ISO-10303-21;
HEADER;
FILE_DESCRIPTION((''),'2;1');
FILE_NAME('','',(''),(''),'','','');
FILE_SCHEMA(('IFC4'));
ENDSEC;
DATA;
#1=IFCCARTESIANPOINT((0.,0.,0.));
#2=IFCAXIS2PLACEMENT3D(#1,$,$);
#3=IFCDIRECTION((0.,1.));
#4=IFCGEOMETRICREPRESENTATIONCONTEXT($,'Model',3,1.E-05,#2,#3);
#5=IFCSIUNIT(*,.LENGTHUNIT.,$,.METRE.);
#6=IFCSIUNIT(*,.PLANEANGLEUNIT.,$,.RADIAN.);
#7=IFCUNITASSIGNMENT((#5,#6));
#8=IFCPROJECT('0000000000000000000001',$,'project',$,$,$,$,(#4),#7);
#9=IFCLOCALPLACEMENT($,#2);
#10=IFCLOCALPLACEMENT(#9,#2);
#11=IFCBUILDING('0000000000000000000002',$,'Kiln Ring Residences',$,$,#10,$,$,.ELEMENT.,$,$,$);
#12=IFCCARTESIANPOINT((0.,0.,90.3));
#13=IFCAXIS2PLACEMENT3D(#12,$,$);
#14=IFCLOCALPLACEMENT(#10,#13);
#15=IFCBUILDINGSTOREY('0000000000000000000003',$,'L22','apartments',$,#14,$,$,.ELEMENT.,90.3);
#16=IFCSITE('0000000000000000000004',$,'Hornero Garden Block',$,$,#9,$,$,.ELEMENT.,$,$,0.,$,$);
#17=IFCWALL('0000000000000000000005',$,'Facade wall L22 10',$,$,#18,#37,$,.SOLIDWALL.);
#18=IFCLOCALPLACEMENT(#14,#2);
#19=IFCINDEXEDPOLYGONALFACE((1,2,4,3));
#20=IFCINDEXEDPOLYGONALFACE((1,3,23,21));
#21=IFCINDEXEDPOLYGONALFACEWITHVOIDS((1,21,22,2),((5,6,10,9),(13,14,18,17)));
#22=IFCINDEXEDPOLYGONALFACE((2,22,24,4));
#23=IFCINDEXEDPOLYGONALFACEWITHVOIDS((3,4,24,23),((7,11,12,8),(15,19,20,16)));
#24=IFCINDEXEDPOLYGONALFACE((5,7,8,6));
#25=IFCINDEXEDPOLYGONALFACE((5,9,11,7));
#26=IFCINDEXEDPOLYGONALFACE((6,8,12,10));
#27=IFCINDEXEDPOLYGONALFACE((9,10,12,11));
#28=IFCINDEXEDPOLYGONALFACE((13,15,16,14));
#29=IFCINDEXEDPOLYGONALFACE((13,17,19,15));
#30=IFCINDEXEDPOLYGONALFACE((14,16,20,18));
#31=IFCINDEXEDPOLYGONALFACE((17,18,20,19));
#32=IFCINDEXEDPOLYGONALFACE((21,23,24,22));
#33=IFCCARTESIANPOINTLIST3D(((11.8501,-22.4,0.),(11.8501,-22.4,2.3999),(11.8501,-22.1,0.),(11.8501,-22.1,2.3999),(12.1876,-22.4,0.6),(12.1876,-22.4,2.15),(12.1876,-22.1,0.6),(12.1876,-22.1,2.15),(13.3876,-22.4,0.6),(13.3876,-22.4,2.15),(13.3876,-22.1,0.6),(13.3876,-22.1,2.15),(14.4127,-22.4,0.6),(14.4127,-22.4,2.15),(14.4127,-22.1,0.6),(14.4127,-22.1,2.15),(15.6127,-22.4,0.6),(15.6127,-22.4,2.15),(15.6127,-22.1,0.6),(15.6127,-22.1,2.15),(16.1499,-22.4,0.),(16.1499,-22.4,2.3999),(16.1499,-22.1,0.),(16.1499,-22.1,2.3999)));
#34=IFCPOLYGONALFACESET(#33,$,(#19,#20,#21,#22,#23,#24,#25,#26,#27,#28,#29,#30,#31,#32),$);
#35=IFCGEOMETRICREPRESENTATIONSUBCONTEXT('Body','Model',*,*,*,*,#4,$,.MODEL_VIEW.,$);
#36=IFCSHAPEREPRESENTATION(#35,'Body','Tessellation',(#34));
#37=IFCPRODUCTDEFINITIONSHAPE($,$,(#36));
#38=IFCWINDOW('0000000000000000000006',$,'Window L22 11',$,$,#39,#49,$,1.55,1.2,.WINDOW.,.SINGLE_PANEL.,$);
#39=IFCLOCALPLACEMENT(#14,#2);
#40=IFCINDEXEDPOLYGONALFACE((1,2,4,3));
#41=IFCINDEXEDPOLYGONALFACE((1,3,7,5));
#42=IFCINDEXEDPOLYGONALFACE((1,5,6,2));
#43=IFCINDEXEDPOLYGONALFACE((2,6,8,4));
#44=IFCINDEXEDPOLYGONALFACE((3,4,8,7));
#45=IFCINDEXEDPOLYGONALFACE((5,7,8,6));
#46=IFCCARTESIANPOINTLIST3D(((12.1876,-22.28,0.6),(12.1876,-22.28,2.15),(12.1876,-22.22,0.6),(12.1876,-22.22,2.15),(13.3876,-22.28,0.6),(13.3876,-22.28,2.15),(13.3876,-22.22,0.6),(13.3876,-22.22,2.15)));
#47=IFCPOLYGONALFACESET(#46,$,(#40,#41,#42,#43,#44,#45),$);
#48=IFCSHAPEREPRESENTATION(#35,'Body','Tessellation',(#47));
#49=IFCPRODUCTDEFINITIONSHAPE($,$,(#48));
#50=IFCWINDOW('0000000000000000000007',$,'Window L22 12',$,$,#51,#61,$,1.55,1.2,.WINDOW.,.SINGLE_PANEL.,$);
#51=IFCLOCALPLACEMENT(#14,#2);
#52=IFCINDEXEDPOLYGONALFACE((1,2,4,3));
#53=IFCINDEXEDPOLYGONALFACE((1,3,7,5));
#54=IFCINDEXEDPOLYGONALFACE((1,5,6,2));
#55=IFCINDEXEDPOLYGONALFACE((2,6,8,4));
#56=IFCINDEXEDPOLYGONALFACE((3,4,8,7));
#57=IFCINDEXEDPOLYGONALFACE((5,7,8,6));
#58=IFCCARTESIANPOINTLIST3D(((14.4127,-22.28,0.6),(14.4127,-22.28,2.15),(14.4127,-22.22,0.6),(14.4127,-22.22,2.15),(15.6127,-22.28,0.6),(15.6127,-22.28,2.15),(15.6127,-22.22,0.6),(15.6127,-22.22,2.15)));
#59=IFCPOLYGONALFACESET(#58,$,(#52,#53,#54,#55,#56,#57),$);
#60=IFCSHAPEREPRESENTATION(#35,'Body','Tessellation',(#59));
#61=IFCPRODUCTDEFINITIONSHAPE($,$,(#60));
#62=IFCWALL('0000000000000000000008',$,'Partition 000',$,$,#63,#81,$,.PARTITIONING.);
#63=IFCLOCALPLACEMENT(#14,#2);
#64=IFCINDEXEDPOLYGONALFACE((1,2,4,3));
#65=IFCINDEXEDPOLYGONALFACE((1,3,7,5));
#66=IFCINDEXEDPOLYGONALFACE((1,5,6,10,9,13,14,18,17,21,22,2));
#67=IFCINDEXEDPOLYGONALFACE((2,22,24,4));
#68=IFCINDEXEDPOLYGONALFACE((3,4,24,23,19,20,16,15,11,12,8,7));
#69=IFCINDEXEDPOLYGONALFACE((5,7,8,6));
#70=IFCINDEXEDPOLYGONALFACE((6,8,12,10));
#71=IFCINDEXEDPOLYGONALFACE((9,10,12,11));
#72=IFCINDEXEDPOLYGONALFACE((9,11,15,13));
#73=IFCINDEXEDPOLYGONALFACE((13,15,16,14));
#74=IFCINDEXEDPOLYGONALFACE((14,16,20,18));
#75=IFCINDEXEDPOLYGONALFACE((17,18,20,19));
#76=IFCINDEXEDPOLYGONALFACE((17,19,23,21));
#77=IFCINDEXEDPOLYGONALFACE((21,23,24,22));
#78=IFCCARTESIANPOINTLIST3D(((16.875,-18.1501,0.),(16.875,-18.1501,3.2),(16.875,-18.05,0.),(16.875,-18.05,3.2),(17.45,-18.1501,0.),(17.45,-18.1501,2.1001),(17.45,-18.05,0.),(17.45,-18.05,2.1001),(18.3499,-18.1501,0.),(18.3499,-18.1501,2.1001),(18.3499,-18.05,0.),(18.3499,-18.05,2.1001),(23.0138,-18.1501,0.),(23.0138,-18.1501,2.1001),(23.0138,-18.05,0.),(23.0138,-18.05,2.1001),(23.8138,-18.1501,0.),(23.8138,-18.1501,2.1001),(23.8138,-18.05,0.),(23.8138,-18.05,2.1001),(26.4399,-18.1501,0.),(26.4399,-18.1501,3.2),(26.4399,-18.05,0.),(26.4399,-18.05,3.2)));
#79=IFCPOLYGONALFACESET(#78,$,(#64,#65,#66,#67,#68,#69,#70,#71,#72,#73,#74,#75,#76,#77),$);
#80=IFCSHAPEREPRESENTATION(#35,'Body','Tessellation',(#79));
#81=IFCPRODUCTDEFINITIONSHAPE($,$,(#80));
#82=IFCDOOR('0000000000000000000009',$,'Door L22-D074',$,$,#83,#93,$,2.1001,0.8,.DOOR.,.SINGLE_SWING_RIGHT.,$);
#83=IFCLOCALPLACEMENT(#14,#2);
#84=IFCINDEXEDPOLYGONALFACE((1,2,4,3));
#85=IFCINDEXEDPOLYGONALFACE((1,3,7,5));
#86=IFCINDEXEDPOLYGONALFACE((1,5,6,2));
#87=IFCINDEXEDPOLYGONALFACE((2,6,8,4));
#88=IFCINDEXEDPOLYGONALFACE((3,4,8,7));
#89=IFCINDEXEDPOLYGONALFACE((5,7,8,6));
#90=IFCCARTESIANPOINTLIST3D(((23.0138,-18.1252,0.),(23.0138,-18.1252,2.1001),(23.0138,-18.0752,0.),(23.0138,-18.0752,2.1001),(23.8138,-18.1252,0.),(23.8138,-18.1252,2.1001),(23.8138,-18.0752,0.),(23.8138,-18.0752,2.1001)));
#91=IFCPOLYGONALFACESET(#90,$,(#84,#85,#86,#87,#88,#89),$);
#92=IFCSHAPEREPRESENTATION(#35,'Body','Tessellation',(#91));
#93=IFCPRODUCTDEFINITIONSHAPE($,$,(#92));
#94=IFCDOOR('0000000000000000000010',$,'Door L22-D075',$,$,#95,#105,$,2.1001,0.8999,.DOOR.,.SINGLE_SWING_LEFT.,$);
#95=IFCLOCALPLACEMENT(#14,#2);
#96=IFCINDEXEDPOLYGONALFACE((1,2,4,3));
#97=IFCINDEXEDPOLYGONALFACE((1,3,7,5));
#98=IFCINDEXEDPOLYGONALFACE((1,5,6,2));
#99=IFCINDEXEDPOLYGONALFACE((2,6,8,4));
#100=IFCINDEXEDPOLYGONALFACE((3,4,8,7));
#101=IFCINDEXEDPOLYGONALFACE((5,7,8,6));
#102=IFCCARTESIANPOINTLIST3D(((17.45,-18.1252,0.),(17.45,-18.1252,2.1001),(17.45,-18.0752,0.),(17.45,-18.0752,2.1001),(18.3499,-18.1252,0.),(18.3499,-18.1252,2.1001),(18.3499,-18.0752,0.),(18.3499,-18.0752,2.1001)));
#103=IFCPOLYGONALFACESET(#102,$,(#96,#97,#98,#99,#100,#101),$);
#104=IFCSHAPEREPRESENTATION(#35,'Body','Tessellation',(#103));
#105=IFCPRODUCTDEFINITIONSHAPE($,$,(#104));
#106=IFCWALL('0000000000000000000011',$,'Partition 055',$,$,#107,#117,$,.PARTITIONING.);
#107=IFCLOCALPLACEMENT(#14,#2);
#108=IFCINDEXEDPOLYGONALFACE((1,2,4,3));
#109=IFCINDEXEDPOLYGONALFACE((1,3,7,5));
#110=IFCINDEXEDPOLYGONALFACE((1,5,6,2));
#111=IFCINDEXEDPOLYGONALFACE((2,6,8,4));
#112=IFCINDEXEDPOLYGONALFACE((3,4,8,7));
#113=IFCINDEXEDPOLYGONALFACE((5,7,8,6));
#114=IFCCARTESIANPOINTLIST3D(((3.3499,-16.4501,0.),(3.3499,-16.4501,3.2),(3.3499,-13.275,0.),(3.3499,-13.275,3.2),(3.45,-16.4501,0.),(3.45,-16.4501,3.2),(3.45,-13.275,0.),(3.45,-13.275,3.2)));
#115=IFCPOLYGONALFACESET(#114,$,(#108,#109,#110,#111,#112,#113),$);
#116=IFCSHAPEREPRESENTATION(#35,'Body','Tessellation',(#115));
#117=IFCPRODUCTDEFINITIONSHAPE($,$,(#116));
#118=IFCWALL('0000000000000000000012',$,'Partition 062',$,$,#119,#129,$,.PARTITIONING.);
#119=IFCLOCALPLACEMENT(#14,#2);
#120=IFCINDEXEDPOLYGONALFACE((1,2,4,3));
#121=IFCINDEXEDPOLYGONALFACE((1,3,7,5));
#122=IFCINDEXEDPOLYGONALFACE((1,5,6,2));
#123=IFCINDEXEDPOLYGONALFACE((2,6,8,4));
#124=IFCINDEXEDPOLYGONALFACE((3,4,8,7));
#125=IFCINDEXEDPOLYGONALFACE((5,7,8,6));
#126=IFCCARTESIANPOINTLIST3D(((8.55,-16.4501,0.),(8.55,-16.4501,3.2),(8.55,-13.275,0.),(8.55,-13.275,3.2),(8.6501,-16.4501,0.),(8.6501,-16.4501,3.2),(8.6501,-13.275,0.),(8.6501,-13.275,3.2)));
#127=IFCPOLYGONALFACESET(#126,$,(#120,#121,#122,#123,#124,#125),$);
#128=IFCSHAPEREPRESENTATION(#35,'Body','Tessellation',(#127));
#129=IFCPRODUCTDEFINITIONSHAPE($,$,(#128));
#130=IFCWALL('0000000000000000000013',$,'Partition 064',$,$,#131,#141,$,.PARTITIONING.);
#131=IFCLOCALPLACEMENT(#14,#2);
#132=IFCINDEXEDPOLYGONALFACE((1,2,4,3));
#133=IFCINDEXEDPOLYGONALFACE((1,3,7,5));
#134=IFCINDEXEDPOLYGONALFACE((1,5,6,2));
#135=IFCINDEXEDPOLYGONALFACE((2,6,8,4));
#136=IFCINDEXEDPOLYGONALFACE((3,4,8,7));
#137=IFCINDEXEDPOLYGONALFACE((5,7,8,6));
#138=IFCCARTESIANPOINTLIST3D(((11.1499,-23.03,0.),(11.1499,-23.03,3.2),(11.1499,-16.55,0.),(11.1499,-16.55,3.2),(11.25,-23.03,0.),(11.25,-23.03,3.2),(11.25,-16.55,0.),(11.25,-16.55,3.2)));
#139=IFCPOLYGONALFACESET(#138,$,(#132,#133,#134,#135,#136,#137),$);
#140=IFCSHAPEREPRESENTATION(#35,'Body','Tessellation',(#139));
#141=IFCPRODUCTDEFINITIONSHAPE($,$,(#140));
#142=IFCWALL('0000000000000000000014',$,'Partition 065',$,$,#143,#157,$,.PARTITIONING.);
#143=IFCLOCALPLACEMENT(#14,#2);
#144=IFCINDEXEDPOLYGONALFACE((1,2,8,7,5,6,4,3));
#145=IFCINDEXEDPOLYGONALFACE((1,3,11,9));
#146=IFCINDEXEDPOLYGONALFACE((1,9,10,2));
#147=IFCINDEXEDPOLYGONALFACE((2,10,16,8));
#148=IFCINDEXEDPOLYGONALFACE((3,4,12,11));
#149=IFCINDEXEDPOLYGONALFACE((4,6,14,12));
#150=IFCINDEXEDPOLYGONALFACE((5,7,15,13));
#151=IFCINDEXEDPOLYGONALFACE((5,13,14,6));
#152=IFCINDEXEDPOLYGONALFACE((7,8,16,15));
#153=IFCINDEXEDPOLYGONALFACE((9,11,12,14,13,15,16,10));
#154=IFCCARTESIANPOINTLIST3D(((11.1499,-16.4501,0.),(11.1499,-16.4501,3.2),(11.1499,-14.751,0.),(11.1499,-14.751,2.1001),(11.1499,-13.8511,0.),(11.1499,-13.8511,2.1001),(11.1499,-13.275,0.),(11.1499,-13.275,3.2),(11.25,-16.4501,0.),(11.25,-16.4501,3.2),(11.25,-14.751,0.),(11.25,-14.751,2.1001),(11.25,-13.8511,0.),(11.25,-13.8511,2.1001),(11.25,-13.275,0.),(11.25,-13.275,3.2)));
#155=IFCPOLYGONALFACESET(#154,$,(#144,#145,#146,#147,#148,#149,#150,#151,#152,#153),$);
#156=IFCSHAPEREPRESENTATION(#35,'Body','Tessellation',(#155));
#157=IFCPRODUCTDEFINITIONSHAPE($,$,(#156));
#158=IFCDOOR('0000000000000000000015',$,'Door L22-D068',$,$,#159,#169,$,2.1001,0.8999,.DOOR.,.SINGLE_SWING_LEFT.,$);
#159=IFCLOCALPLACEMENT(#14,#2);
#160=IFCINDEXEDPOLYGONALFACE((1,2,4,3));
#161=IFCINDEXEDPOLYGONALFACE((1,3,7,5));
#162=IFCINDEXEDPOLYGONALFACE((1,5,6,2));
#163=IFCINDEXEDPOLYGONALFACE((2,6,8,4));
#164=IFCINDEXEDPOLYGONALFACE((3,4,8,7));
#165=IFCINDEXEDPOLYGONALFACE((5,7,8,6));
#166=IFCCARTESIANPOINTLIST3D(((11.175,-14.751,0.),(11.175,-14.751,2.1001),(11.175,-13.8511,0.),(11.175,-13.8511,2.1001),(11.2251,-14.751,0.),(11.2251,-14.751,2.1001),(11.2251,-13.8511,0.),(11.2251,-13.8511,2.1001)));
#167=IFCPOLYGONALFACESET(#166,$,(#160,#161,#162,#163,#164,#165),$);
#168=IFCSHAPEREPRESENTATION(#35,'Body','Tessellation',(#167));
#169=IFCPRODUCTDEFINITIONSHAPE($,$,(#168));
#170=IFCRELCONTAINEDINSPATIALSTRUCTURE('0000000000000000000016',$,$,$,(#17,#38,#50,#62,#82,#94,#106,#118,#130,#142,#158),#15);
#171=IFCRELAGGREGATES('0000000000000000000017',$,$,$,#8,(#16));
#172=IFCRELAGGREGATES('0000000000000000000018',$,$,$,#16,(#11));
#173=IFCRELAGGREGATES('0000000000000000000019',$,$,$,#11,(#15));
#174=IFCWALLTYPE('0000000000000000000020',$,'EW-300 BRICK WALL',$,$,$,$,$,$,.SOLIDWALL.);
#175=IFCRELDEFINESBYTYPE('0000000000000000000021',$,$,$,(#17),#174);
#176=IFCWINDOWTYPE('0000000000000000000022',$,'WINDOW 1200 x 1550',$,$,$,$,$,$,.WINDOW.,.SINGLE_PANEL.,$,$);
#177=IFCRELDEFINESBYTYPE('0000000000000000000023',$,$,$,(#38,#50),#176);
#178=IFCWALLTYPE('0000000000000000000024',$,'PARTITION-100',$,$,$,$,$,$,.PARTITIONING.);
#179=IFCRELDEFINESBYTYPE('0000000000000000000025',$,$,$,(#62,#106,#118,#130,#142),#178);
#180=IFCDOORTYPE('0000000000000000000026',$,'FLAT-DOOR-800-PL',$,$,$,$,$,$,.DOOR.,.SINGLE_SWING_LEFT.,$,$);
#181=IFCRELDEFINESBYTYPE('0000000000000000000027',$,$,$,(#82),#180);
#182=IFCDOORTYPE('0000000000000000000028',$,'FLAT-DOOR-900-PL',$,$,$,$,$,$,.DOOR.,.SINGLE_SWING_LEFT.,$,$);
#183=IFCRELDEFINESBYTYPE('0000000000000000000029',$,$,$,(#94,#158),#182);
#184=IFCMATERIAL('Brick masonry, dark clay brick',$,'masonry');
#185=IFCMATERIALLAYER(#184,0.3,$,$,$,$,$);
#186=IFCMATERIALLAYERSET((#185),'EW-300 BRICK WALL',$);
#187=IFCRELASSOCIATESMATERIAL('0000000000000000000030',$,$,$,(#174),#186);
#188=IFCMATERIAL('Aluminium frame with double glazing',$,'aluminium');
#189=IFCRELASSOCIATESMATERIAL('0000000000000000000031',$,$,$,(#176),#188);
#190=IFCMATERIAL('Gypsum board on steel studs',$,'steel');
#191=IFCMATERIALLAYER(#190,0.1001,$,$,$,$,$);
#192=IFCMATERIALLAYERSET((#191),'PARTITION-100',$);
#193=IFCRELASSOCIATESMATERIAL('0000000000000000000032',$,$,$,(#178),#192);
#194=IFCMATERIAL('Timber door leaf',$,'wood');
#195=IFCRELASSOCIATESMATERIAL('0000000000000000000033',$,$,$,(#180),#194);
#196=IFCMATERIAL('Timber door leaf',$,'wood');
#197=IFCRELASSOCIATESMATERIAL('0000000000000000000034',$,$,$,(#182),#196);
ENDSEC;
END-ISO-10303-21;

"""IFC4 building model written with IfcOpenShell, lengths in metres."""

from ifc_helpers import new_model, si_unit, direction, frame, frame_2d, origin, place, context, subcontext, project, spatial, rectangle, extrude, material, layer, layer_set, type_object, element, fill, save


model = new_model("IFC4")

# Units and contexts
model_context = context("Model", 3, precision=1e-05, world=origin(), true_north=direction((0.0, 1.0)))
body_context = subcontext(model_context, "Body", "Model", "MODEL_VIEW")
ifc_project = project(units=[si_unit("LENGTHUNIT", "METRE"), si_unit("PLANEANGLEUNIT", "RADIAN")], contexts=[model_context])

# Site, building, storey
site_placement = place(None, origin())
site = spatial("IfcSite", under=ifc_project, at=site_placement, Name="Hornero Garden Block", CompositionType="ELEMENT", RefElevation=0.0)
building_placement = place(site_placement, origin())
building = spatial("IfcBuilding", under=site, at=building_placement, Name="Kiln Ring Residences", CompositionType="ELEMENT")
storey_placement = place(building_placement, frame((0.0, 0.0, 90.3)))
storey = spatial("IfcBuildingStorey", under=building, at=storey_placement, Name="L22", Description="apartments", CompositionType="ELEMENT", Elevation=90.3)

# Shared definitions
ifc_material_1 = material(Name="Brick masonry, dark clay brick", Category="masonry")
ifc_layer_1 = layer(ifc_material_1, 0.3)
ifc_layer_set_1 = layer_set([ifc_layer_1], Name="EW-300 BRICK WALL")
wall_type_1 = type_object("IfcWallType", Name="EW-300 BRICK WALL", PredefinedType="SOLIDWALL", material=ifc_layer_set_1)

# Wall, openings, windows
wall_1_placement = place(storey_placement, frame((11.8501, -22.25, 0.0), z_axis=(0.0, 0.0, 1.0), x_axis=(1.0, 0.0, 0.0)))
wall_1 = element("IfcWall", 1, at=wall_1_placement, inside=storey, type_object=wall_type_1, Name="Facade wall L22 10", PredefinedType="SOLIDWALL", context=body_context, shape_type="SweptSolid", body=[
    extrude(rectangle(XDim=4.2998, YDim=0.3, at=frame_2d((2.1499, 0.0))), origin(), (0.0, 0.0, 1.0), 2.3999),
])
opening_1_placement = place(wall_1_placement, frame((0.3374, 0.0, 0.6001)))
opening_1 = element("IfcOpeningElement", 2, at=opening_1_placement, cuts=wall_1, PredefinedType="OPENING", context=body_context, shape_type="SweptSolid", body=[
    extrude(rectangle(XDim=1.2, YDim=1.55, at=frame_2d((0.6001, 0.7749))), frame((0.0, 0.1599, 0.0), z_axis=(0.0, -1.0, 0.0), x_axis=(1.0, 0.0, 0.0)), (0.0, 0.0, 1.0), 0.3201),
])
opening_2_placement = place(wall_1_placement, frame((2.5625, 0.0, 0.6001)))
opening_2 = element("IfcOpeningElement", 3, at=opening_2_placement, cuts=wall_1, PredefinedType="OPENING", context=body_context, shape_type="SweptSolid", body=[
    extrude(rectangle(XDim=1.2, YDim=1.55, at=frame_2d((0.6001, 0.7749))), frame((0.0, 0.1599, 0.0), z_axis=(0.0, -1.0, 0.0), x_axis=(1.0, 0.0, 0.0)), (0.0, 0.0, 1.0), 0.3201),
])
ifc_material_2 = material(Name="Aluminium frame with double glazing", Category="aluminium")
window_type_1 = type_object("IfcWindowType", Name="WINDOW 1200 x 1550", PartitioningType="SINGLE_PANEL", PredefinedType="WINDOW", material=ifc_material_2)
window_1_placement = place(opening_1_placement, origin())
window_1 = element("IfcWindow", 4, at=window_1_placement, inside=storey, type_object=window_type_1, Name="Window L22 11", OverallHeight=1.55, OverallWidth=1.2, PartitioningType="SINGLE_PANEL", PredefinedType="WINDOW", context=body_context, shape_type="SweptSolid", body=[
    extrude(rectangle(XDim=1.2, YDim=1.55, at=frame_2d((0.6001, 0.7749))), frame((0.0, 0.03, 0.0), z_axis=(0.0, -1.0, 0.0), x_axis=(1.0, 0.0, 0.0)), (0.0, 0.0, 1.0), 0.0601),
])
fill(opening_1, window_1)
window_2_placement = place(opening_2_placement, origin())
window_2 = element("IfcWindow", 5, at=window_2_placement, inside=storey, type_object=window_type_1, Name="Window L22 12", OverallHeight=1.55, OverallWidth=1.2, PartitioningType="SINGLE_PANEL", PredefinedType="WINDOW", context=body_context, shape_type="SweptSolid", body=[
    extrude(rectangle(XDim=1.2, YDim=1.55, at=frame_2d((0.6001, 0.7749))), frame((0.0, 0.03, 0.0), z_axis=(0.0, -1.0, 0.0), x_axis=(1.0, 0.0, 0.0)), (0.0, 0.0, 1.0), 0.0601),
])
fill(opening_2, window_2)

# Wall, openings, doors
ifc_material_3 = material(Name="Gypsum board on steel studs", Category="steel")
ifc_layer_2 = layer(ifc_material_3, 0.1001)
ifc_layer_set_2 = layer_set([ifc_layer_2], Name="PARTITION-100")
wall_type_2 = type_object("IfcWallType", Name="PARTITION-100", PredefinedType="PARTITIONING", material=ifc_layer_set_2)
wall_2_placement = place(storey_placement, frame((16.875, -18.1001, 0.0), z_axis=(0.0, 0.0, 1.0), x_axis=(1.0, 0.0, 0.0)))
wall_2 = element("IfcWall", 6, at=wall_2_placement, inside=storey, type_object=wall_type_2, Name="Partition 000", PredefinedType="PARTITIONING", context=body_context, shape_type="SweptSolid", body=[
    extrude(rectangle(XDim=9.5649, YDim=0.1001, at=frame_2d((4.7825, 0.0))), origin(), (0.0, 0.0, 1.0), 3.2),
])
opening_3_placement = place(wall_2_placement, frame((6.1389, 0.0, 0.0)))
opening_3 = element("IfcOpeningElement", 7, at=opening_3_placement, cuts=wall_2, PredefinedType="OPENING", context=body_context, shape_type="SweptSolid", body=[
    extrude(rectangle(XDim=0.8, YDim=2.1001, at=frame_2d((0.3999, 1.05))), frame((0.0, 0.0601, 0.0), z_axis=(0.0, -1.0, 0.0), x_axis=(1.0, 0.0, 0.0)), (0.0, 0.0, 1.0), 0.1201),
])
opening_4_placement = place(wall_2_placement, frame((0.575, 0.0, 0.0)))
opening_4 = element("IfcOpeningElement", 8, at=opening_4_placement, cuts=wall_2, PredefinedType="OPENING", context=body_context, shape_type="SweptSolid", body=[
    extrude(rectangle(XDim=0.8999, YDim=2.1001, at=frame_2d((0.45, 1.05))), frame((0.0, 0.0601, 0.0), z_axis=(0.0, -1.0, 0.0), x_axis=(1.0, 0.0, 0.0)), (0.0, 0.0, 1.0), 0.1201),
])
ifc_material_4 = material(Name="Timber door leaf", Category="wood")
door_type_1 = type_object("IfcDoorType", Name="FLAT-DOOR-800-PL", OperationType="SINGLE_SWING_LEFT", PredefinedType="DOOR", material=ifc_material_4)
door_1_placement = place(opening_3_placement, origin())
door_1 = element("IfcDoor", 9, at=door_1_placement, inside=storey, type_object=door_type_1, Name="Door L22-D074", OperationType="SINGLE_SWING_RIGHT", OverallHeight=2.1001, OverallWidth=0.8, PredefinedType="DOOR", context=body_context, shape_type="SweptSolid", body=[
    extrude(rectangle(XDim=0.8, YDim=2.1001, at=frame_2d((0.3999, 1.05))), frame((0.0, 0.0249, 0.0), z_axis=(0.0, -1.0, 0.0), x_axis=(1.0, 0.0, 0.0)), (0.0, 0.0, 1.0), 0.05),
])
fill(opening_3, door_1)
ifc_material_5 = material(Name="Timber door leaf", Category="wood")
door_type_2 = type_object("IfcDoorType", Name="FLAT-DOOR-900-PL", OperationType="SINGLE_SWING_LEFT", PredefinedType="DOOR", material=ifc_material_5)
door_2_placement = place(opening_4_placement, origin())
door_2 = element("IfcDoor", 10, at=door_2_placement, inside=storey, type_object=door_type_2, Name="Door L22-D075", OperationType="SINGLE_SWING_LEFT", OverallHeight=2.1001, OverallWidth=0.8999, PredefinedType="DOOR", context=body_context, shape_type="SweptSolid", body=[
    extrude(rectangle(XDim=0.8999, YDim=2.1001, at=frame_2d((0.45, 1.05))), frame((0.0, 0.0249, 0.0), z_axis=(0.0, -1.0, 0.0), x_axis=(1.0, 0.0, 0.0)), (0.0, 0.0, 1.0), 0.05),
])
fill(opening_4, door_2)

# Walls
for number, where, z_axis, x_axis, name in (
    (11, (3.3999, -16.45, 0.0), (0.0, 0.0, 1.0), (0.0, 1.0, 0.0), "Partition 055"),
    (12, (8.6001, -16.45, 0.0), (0.0, 0.0, 1.0), (0.0, 1.0, 0.0), "Partition 062"),
):
    element("IfcWall", number, at=place(storey_placement, frame(where, z_axis=z_axis, x_axis=x_axis)), inside=storey, type_object=wall_type_2, Name=name, PredefinedType="PARTITIONING", context=body_context, shape_type="SweptSolid", body=[
        extrude(rectangle(XDim=3.175, YDim=0.1001, at=frame_2d((1.5874, 0.0))), origin(), (0.0, 0.0, 1.0), 3.2),
    ])
wall_3_placement = place(storey_placement, frame((11.2, -23.03, 0.0), z_axis=(0.0, 0.0, 1.0), x_axis=(0.0, 1.0, 0.0)))
element("IfcWall", 13, at=wall_3_placement, inside=storey, type_object=wall_type_2, Name="Partition 064", PredefinedType="PARTITIONING", context=body_context, shape_type="SweptSolid", body=[
    extrude(rectangle(XDim=6.48, YDim=0.1001, at=frame_2d((3.24, 0.0))), origin(), (0.0, 0.0, 1.0), 3.2),
])

# Wall, opening, door
wall_4_placement = place(storey_placement, frame((11.2, -16.45, 0.0), z_axis=(0.0, 0.0, 1.0), x_axis=(0.0, 1.0, 0.0)))
wall_4 = element("IfcWall", 14, at=wall_4_placement, inside=storey, type_object=wall_type_2, Name="Partition 065", PredefinedType="PARTITIONING", context=body_context, shape_type="SweptSolid", body=[
    extrude(rectangle(XDim=3.175, YDim=0.1001, at=frame_2d((1.5874, 0.0))), origin(), (0.0, 0.0, 1.0), 3.2),
])
opening_5_placement = place(wall_4_placement, frame((1.699, 0.0, 0.0)))
opening_5 = element("IfcOpeningElement", 15, at=opening_5_placement, cuts=wall_4, PredefinedType="OPENING", context=body_context, shape_type="SweptSolid", body=[
    extrude(rectangle(XDim=0.8999, YDim=2.1001, at=frame_2d((0.45, 1.05))), frame((0.0, 0.0601, 0.0), z_axis=(0.0, -1.0, 0.0), x_axis=(1.0, 0.0, 0.0)), (0.0, 0.0, 1.0), 0.1201),
])
door_3_placement = place(opening_5_placement, origin())
door_3 = element("IfcDoor", 16, at=door_3_placement, inside=storey, type_object=door_type_2, Name="Door L22-D068", OperationType="SINGLE_SWING_LEFT", OverallHeight=2.1001, OverallWidth=0.8999, PredefinedType="DOOR", context=body_context, shape_type="SweptSolid", body=[
    extrude(rectangle(XDim=0.8999, YDim=2.1001, at=frame_2d((0.45, 1.05))), frame((0.0, 0.0249, 0.0), z_axis=(0.0, -1.0, 0.0), x_axis=(1.0, 0.0, 0.0)), (0.0, 0.0, 1.0), 0.05),
])
fill(opening_5, door_3)

save(model, "model.ifc")
